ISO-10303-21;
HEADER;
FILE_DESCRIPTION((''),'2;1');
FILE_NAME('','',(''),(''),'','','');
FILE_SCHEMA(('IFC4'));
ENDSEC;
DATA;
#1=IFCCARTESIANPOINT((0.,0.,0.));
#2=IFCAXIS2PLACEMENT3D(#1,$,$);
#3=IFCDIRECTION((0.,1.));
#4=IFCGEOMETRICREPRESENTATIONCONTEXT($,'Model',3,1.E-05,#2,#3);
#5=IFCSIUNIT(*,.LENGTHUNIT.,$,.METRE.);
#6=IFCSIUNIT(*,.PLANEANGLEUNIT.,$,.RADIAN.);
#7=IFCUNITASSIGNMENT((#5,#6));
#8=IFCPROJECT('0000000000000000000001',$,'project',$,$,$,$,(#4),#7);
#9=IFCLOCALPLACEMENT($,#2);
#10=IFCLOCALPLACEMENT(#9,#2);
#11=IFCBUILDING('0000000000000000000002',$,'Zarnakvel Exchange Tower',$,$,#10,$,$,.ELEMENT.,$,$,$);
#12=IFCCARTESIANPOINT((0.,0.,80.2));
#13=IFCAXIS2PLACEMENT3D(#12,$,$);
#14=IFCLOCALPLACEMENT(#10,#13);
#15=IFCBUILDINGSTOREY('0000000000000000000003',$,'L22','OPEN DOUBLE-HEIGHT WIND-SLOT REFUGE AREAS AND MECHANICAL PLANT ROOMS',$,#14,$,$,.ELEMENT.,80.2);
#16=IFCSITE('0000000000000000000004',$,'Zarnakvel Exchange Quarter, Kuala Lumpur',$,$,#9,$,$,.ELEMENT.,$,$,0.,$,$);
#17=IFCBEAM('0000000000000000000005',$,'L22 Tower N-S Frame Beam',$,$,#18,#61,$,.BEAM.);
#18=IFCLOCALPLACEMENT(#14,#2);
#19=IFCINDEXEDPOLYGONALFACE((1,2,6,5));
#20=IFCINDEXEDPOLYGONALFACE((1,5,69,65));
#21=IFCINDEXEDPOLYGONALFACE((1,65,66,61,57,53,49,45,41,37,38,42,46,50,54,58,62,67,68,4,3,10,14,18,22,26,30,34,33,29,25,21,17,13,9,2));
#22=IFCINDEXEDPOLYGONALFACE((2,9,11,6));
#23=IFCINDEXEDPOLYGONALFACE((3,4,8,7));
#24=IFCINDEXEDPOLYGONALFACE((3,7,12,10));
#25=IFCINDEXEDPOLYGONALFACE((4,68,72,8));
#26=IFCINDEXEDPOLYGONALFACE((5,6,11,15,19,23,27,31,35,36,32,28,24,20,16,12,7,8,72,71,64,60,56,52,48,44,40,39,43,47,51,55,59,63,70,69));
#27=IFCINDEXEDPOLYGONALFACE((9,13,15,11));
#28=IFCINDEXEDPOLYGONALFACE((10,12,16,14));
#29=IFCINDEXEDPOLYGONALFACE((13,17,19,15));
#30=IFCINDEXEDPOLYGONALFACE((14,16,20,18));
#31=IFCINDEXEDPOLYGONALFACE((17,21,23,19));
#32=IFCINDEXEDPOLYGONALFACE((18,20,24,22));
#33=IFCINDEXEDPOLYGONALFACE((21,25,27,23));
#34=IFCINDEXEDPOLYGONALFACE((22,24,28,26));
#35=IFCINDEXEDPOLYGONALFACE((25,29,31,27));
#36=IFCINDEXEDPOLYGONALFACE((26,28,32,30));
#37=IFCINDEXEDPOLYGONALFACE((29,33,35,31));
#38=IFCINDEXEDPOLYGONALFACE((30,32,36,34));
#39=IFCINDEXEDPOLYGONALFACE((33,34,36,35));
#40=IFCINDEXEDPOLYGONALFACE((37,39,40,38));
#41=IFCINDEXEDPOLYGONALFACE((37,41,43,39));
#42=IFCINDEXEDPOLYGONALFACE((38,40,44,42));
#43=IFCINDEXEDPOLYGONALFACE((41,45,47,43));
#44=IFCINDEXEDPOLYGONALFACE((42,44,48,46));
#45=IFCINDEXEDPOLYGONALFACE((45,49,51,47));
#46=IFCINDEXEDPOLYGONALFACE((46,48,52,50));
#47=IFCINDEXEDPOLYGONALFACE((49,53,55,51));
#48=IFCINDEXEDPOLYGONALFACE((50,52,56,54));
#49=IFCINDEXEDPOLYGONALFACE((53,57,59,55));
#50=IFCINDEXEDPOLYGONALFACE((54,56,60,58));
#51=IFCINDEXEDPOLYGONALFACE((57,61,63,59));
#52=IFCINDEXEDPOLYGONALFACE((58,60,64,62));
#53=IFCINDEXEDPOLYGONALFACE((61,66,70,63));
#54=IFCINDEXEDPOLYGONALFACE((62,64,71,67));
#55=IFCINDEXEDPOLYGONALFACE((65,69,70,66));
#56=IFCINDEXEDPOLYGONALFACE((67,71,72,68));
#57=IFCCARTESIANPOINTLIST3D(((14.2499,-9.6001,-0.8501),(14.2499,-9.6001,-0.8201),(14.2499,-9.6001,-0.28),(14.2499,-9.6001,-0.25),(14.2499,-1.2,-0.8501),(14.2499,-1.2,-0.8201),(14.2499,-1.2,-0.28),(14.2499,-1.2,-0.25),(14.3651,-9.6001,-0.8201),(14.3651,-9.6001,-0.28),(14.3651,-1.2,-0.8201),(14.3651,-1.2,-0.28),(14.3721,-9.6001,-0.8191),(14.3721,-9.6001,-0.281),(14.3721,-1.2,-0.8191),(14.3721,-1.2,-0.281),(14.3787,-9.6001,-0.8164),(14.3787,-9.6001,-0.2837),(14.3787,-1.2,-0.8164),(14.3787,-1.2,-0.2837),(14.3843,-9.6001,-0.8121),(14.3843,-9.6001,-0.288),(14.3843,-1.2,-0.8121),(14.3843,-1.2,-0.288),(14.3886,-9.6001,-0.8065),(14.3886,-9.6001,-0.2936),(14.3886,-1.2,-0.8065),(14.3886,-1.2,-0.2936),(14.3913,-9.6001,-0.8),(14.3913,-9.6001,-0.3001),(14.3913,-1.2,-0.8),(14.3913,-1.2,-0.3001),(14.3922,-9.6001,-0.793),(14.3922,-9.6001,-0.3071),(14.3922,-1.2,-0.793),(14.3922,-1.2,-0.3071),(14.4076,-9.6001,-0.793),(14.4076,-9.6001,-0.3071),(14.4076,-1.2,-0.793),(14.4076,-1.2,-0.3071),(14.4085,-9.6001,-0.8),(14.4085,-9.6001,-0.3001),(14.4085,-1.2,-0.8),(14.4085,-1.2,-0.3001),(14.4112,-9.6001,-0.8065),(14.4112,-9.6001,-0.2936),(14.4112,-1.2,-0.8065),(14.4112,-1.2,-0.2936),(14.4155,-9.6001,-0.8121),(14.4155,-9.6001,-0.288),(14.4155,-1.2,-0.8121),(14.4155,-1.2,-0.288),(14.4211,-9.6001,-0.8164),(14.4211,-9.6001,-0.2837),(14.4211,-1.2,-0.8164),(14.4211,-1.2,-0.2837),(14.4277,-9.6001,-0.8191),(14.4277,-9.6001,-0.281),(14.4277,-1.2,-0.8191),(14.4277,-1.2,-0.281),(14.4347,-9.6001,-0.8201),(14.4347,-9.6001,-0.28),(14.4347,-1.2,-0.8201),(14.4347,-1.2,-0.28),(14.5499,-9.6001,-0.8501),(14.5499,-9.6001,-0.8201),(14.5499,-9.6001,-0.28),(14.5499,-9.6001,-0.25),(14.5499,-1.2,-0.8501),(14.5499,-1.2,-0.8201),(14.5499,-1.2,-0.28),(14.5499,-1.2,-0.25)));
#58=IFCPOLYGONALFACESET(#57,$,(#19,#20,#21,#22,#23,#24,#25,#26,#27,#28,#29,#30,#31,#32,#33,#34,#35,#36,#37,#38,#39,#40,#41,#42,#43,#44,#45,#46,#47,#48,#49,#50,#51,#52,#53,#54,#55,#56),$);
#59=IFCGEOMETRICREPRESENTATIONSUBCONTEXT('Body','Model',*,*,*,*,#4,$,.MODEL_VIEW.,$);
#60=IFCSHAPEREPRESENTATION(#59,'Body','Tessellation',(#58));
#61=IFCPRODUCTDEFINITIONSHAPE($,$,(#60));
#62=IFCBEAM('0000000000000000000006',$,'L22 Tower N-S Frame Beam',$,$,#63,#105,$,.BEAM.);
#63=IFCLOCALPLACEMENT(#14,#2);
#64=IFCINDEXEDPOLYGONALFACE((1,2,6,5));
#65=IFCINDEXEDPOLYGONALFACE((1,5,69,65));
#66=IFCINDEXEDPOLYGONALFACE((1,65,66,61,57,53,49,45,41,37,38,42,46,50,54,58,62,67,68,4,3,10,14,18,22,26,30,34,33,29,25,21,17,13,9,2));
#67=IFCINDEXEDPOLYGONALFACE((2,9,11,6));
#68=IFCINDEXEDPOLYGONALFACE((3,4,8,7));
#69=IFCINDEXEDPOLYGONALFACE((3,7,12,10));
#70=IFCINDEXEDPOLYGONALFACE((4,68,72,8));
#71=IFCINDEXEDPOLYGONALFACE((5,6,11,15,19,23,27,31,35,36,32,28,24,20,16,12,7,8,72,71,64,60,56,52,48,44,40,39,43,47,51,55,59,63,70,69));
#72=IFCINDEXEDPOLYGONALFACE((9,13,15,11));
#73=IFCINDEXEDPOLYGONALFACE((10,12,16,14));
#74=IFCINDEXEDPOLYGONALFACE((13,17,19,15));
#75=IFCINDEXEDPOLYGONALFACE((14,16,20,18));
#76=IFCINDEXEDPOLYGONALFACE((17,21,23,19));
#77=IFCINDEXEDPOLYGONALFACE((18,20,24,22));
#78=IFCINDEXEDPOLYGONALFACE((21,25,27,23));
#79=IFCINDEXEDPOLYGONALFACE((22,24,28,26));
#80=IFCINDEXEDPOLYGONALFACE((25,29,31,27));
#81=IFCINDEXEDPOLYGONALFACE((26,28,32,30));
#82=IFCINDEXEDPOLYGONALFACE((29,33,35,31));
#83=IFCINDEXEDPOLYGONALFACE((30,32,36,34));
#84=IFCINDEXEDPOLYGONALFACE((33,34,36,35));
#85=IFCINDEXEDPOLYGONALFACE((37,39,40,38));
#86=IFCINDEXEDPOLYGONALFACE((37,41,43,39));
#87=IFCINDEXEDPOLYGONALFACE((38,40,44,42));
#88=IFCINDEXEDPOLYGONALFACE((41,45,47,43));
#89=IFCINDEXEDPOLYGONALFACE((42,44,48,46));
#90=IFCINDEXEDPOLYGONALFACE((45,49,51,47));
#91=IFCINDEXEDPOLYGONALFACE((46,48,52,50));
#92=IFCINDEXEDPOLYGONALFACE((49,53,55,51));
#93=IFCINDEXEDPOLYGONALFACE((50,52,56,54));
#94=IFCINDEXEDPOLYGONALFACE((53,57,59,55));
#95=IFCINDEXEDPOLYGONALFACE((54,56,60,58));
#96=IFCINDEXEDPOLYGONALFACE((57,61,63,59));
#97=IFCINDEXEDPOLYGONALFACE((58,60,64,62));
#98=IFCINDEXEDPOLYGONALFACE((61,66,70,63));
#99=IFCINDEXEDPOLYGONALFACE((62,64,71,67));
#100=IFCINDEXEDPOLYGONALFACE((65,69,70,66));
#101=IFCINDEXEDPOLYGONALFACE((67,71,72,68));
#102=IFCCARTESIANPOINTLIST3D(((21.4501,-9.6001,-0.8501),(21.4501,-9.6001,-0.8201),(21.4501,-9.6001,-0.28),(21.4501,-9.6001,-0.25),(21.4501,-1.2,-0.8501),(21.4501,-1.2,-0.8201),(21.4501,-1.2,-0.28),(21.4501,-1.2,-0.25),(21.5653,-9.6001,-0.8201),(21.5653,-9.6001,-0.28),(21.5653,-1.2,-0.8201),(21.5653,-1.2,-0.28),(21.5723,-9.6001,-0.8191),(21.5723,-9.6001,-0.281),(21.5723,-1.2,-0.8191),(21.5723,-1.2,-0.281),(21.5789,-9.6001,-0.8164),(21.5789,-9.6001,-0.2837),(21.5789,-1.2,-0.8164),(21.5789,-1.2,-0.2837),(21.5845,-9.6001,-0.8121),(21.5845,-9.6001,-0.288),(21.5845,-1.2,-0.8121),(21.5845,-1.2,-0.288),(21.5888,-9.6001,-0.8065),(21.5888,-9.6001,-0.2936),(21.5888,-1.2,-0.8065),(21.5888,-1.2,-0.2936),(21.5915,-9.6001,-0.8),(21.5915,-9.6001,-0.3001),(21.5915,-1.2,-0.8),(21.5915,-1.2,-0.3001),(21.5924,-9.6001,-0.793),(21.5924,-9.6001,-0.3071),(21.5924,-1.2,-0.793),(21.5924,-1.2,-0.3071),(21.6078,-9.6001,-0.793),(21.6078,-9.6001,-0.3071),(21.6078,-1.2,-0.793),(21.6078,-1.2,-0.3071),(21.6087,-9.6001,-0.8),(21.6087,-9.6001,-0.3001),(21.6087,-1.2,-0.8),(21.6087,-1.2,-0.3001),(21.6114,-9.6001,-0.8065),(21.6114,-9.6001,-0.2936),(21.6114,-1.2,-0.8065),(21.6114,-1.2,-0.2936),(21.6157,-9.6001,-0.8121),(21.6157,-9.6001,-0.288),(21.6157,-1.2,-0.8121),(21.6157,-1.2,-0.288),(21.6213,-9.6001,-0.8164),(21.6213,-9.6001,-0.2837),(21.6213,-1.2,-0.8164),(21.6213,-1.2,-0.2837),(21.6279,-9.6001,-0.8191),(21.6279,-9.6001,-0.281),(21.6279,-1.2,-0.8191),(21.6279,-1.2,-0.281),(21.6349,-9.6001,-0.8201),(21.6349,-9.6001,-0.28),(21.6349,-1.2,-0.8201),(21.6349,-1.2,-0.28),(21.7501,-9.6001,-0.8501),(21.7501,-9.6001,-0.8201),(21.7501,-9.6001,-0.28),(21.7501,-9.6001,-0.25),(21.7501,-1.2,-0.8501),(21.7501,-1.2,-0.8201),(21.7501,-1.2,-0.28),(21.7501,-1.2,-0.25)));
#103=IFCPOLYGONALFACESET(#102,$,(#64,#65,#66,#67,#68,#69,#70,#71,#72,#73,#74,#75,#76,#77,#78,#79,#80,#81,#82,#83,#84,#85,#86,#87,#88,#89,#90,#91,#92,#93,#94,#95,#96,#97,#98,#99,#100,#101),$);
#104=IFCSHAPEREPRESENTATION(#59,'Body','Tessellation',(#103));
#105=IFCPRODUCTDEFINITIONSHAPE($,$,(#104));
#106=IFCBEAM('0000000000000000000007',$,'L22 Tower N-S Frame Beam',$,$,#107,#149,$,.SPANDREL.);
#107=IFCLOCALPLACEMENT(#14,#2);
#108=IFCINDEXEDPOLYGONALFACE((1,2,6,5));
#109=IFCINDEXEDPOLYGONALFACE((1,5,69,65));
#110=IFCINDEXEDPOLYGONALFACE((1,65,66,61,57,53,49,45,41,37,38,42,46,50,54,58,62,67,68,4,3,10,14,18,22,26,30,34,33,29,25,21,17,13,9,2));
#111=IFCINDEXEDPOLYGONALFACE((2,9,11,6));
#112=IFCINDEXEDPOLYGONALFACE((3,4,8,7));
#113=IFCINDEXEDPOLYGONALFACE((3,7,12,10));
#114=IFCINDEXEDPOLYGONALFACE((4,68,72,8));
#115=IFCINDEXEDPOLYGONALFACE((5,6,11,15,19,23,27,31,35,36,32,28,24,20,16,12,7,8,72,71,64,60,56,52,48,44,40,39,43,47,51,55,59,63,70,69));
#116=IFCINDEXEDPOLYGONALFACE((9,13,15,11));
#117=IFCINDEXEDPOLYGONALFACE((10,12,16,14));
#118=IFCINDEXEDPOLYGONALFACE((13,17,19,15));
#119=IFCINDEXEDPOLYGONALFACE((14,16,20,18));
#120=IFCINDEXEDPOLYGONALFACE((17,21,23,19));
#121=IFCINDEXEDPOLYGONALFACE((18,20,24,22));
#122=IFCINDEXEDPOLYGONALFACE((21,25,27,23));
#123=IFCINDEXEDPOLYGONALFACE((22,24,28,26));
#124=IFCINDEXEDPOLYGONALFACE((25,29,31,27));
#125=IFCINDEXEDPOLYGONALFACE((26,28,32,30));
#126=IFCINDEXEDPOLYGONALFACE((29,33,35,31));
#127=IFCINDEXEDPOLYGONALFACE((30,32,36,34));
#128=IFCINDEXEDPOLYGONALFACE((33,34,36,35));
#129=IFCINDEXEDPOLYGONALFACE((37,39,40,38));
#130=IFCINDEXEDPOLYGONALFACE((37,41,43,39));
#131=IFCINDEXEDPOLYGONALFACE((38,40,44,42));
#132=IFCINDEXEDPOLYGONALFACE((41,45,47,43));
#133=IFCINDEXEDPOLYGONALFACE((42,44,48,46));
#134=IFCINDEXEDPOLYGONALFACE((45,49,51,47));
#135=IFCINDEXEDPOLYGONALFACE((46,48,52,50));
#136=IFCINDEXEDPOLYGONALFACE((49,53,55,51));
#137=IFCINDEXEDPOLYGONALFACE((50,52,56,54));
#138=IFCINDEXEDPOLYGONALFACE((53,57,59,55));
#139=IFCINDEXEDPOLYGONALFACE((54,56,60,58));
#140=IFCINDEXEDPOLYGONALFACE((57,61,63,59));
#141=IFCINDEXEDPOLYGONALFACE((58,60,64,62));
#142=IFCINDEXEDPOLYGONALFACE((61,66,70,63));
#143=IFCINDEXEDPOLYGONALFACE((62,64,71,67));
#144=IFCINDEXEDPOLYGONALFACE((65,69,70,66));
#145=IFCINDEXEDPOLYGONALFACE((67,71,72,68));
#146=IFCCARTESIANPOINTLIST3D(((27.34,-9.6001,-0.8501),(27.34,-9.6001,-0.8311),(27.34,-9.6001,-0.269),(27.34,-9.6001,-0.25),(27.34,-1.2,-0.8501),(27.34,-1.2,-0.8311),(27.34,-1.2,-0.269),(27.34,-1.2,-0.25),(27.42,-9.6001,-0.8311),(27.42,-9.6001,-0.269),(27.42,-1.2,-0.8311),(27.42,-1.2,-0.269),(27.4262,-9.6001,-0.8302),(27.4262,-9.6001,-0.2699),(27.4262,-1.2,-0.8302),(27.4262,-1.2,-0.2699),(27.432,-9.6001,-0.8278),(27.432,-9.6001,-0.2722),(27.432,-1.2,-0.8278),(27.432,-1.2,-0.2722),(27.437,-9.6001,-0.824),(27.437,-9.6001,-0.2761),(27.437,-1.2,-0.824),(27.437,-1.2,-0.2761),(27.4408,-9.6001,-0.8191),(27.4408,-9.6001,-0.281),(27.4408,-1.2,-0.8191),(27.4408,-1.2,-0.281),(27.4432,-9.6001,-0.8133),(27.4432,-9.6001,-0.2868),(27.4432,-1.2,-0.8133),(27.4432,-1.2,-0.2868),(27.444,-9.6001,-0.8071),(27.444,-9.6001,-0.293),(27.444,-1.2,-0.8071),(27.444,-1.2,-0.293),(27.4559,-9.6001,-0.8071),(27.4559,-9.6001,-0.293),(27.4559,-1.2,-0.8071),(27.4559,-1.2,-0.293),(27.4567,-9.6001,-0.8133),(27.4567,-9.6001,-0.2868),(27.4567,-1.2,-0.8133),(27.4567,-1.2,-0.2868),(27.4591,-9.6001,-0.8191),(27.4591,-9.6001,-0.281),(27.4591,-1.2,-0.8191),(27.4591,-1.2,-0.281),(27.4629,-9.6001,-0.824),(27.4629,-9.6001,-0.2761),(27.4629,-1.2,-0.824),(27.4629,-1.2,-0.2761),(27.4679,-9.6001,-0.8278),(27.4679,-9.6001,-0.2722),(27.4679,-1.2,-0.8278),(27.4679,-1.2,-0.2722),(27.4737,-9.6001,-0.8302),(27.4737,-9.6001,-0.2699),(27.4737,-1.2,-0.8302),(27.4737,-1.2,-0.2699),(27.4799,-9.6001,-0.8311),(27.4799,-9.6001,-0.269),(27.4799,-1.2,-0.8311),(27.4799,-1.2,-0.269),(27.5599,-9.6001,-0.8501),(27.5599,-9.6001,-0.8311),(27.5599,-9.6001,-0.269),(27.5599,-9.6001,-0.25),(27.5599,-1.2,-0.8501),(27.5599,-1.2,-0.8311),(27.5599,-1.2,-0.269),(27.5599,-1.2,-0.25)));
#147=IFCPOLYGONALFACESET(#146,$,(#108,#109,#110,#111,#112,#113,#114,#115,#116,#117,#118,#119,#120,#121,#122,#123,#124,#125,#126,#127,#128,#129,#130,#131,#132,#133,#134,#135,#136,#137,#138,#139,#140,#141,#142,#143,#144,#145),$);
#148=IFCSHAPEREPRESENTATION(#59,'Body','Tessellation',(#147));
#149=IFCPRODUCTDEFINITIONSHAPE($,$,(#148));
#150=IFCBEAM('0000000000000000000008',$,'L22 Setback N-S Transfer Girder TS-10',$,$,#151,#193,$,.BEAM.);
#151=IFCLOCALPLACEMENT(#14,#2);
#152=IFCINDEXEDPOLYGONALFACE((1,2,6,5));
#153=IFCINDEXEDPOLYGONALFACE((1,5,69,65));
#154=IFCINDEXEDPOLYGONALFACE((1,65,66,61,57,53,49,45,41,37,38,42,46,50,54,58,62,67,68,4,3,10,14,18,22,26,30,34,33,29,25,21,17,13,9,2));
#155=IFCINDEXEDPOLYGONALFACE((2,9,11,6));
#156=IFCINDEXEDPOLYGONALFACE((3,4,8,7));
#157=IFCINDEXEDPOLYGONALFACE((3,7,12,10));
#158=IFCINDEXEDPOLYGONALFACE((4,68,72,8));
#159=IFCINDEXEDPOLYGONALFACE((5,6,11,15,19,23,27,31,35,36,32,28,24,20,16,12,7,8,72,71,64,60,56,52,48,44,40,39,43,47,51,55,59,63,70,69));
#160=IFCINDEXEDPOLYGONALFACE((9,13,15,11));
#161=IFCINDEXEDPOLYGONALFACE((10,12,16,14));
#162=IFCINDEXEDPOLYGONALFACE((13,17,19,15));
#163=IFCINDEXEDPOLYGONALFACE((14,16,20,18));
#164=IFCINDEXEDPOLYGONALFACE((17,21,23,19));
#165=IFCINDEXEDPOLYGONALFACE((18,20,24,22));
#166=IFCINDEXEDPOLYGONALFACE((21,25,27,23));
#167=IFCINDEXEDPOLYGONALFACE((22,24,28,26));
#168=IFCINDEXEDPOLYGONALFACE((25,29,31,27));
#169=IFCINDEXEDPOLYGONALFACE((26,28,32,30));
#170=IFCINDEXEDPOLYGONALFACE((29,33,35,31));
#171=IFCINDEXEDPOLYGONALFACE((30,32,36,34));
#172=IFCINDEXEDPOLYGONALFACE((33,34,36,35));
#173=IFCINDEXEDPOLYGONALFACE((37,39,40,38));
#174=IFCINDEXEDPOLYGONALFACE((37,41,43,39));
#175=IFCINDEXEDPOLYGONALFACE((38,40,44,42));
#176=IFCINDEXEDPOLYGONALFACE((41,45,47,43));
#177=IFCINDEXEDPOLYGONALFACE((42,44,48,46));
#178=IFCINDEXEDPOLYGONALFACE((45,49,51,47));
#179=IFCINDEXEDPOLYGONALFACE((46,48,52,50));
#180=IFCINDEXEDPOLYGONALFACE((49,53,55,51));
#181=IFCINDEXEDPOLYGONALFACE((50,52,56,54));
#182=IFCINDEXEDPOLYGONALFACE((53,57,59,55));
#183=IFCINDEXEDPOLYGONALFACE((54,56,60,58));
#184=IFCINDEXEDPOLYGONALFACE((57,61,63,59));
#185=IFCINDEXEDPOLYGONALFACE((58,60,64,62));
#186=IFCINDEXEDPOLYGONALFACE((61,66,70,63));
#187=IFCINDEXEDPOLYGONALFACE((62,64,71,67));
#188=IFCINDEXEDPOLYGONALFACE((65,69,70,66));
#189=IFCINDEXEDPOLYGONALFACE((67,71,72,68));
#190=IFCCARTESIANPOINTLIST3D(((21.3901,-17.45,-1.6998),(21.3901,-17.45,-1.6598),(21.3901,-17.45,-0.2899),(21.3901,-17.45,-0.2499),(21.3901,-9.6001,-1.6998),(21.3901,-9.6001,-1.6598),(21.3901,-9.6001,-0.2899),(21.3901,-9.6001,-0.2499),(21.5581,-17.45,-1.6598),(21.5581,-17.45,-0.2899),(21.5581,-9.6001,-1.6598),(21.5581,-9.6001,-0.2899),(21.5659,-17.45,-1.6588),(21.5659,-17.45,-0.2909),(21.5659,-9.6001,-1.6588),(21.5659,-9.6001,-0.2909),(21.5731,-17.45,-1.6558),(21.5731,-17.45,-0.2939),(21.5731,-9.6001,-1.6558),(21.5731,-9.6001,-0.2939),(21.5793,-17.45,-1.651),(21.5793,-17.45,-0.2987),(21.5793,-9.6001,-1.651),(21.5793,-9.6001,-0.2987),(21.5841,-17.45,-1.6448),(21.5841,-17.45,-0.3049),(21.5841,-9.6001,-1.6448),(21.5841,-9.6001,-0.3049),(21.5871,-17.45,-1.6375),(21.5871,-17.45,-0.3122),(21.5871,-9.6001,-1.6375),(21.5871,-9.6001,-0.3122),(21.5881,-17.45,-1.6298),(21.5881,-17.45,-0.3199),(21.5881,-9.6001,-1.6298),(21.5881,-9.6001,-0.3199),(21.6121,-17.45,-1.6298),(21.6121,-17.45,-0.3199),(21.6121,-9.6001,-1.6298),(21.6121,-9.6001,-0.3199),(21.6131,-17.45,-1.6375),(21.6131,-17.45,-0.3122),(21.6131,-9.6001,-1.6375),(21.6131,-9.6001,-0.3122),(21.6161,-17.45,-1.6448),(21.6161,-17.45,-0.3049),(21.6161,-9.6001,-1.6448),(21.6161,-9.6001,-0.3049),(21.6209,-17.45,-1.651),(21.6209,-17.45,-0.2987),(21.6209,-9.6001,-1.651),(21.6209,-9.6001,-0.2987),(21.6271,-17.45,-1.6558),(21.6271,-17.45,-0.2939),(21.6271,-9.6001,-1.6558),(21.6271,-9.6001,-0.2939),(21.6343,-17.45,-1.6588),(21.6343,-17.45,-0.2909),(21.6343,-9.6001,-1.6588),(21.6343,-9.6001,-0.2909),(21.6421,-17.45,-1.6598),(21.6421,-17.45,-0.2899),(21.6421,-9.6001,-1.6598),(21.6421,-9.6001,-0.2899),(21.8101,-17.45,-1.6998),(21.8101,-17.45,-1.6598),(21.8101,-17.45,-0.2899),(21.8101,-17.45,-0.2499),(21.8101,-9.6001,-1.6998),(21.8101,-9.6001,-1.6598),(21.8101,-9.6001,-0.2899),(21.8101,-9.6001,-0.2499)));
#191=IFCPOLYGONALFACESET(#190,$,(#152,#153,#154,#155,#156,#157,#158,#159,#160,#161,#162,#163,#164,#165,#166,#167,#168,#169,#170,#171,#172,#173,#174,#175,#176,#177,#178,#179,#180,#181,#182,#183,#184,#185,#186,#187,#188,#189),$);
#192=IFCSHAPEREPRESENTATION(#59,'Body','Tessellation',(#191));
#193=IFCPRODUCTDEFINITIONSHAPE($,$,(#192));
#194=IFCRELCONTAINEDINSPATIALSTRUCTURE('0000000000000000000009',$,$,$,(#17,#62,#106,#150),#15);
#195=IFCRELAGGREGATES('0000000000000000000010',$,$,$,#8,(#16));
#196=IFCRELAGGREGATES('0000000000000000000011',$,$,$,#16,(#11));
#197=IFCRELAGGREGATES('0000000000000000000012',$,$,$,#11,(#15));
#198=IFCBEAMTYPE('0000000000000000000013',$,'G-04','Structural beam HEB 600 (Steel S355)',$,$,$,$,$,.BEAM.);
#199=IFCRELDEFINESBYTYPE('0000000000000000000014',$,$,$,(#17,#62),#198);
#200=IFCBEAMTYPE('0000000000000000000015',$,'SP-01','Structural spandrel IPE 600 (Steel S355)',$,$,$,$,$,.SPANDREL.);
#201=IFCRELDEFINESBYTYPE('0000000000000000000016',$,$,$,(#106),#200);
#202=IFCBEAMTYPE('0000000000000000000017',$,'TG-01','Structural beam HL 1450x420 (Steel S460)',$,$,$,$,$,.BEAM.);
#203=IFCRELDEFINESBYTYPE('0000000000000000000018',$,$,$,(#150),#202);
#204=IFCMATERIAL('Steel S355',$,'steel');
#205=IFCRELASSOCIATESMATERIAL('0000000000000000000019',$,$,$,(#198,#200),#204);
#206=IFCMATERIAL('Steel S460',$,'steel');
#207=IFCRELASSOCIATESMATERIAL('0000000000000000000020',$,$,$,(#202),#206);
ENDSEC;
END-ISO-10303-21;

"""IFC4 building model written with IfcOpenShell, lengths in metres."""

from ifc_helpers import new_model, si_unit, direction, frame, origin, origin_2d, place, context, subcontext, project, spatial, i_section, extrude, material, material_profile, profile_set, type_object, element, save


model = new_model("IFC4")

# Units and contexts
model_context = context("Model", 3, precision=1e-05, world=origin(), true_north=direction((0.0, 1.0)))
body_context = subcontext(model_context, "Body", "Model", "MODEL_VIEW")
ifc_project = project(units=[si_unit("LENGTHUNIT", "METRE"), si_unit("PLANEANGLEUNIT", "RADIAN")], contexts=[model_context])

# Site, building, storey
site_placement = place(None, origin())
site = spatial("IfcSite", under=ifc_project, at=site_placement, Name="Zarnakvel Exchange Quarter, Kuala Lumpur", CompositionType="ELEMENT", RefElevation=0.0)
building_placement = place(site_placement, origin())
building = spatial("IfcBuilding", under=site, at=building_placement, Name="Zarnakvel Exchange Tower", CompositionType="ELEMENT")
storey_placement = place(building_placement, frame((0.0, 0.0, 80.2)))
storey = spatial("IfcBuildingStorey", under=building, at=storey_placement, Name="L22", Description="OPEN DOUBLE-HEIGHT WIND-SLOT REFUGE AREAS AND MECHANICAL PLANT ROOMS", CompositionType="ELEMENT", Elevation=80.2)

# Shared definitions
ifc_material_1 = material(Name="Steel S355", Category="steel")

# Beams
ifc_material_profile_1 = material_profile(ifc_material_1, i_section(OverallWidth=0.3, OverallDepth=0.6001, WebThickness=0.0154, FlangeThickness=0.03, FilletRadius=0.0271, at=origin_2d()))
ifc_profile_set_1 = profile_set([ifc_material_profile_1], Name="Steel S355")
beam_type_1 = type_object("IfcBeamType", Name="G-04", Description="Structural beam HEB 600 (Steel S355)", PredefinedType="BEAM", material=ifc_profile_set_1)
for number, where, z_axis, x_axis, name in (
    (1, (14.3999, -9.6001, -0.55), (0.0, 1.0, 0.0), (-1.0, 0.0, 0.0), "L22 Tower N-S Frame Beam"),
    (2, (21.6001, -9.6001, -0.55), (0.0, 1.0, 0.0), (-1.0, 0.0, 0.0), "L22 Tower N-S Frame Beam"),
):
    element("IfcBeam", number, at=place(storey_placement, frame(where, z_axis=z_axis, x_axis=x_axis)), inside=storey, type_object=beam_type_1, Name=name, PredefinedType="BEAM", context=body_context, shape_type="SweptSolid", body=[
        extrude(i_section(OverallWidth=0.3, OverallDepth=0.6001, WebThickness=0.0154, FlangeThickness=0.03, FilletRadius=0.0271, at=origin_2d()), origin(), (0.0, 0.0, 1.0), 8.4001),
    ])
ifc_material_profile_2 = material_profile(ifc_material_1, i_section(OverallWidth=0.22, OverallDepth=0.6001, WebThickness=0.012, FlangeThickness=0.019, FilletRadius=0.0239, at=origin_2d()))
ifc_profile_set_2 = profile_set([ifc_material_profile_2], Name="Steel S355")
beam_type_2 = type_object("IfcBeamType", Name="SP-01", Description="Structural spandrel IPE 600 (Steel S355)", PredefinedType="SPANDREL", material=ifc_profile_set_2)
beam_1_placement = place(storey_placement, frame((27.45, -9.6001, -0.55), z_axis=(0.0, 1.0, 0.0), x_axis=(-1.0, 0.0, 0.0)))
element("IfcBeam", 3, at=beam_1_placement, inside=storey, type_object=beam_type_2, Name="L22 Tower N-S Frame Beam", PredefinedType="SPANDREL", context=body_context, shape_type="SweptSolid", body=[
    extrude(i_section(OverallWidth=0.22, OverallDepth=0.6001, WebThickness=0.012, FlangeThickness=0.019, FilletRadius=0.0239, at=origin_2d()), origin(), (0.0, 0.0, 1.0), 8.4001),
])
ifc_material_2 = material(Name="Steel S460", Category="steel")
ifc_material_profile_3 = material_profile(ifc_material_2, i_section(OverallWidth=0.4199, OverallDepth=1.45, WebThickness=0.0239, FlangeThickness=0.04, FilletRadius=0.03, at=origin_2d()))
ifc_profile_set_3 = profile_set([ifc_material_profile_3], Name="Steel S460")
beam_type_3 = type_object("IfcBeamType", Name="TG-01", Description="Structural beam HL 1450x420 (Steel S460)", PredefinedType="BEAM", material=ifc_profile_set_3)
beam_2_placement = place(storey_placement, frame((21.6001, -17.45, -0.9749), z_axis=(0.0, 1.0, 0.0), x_axis=(-1.0, 0.0, 0.0)))
element("IfcBeam", 4, at=beam_2_placement, inside=storey, type_object=beam_type_3, Name="L22 Setback N-S Transfer Girder TS-10", PredefinedType="BEAM", context=body_context, shape_type="SweptSolid", body=[
    extrude(i_section(OverallWidth=0.4199, OverallDepth=1.45, WebThickness=0.0239, FlangeThickness=0.04, FilletRadius=0.03, at=origin_2d()), origin(), (0.0, 0.0, 1.0), 7.8499),
])

save(model, "model.ifc")
